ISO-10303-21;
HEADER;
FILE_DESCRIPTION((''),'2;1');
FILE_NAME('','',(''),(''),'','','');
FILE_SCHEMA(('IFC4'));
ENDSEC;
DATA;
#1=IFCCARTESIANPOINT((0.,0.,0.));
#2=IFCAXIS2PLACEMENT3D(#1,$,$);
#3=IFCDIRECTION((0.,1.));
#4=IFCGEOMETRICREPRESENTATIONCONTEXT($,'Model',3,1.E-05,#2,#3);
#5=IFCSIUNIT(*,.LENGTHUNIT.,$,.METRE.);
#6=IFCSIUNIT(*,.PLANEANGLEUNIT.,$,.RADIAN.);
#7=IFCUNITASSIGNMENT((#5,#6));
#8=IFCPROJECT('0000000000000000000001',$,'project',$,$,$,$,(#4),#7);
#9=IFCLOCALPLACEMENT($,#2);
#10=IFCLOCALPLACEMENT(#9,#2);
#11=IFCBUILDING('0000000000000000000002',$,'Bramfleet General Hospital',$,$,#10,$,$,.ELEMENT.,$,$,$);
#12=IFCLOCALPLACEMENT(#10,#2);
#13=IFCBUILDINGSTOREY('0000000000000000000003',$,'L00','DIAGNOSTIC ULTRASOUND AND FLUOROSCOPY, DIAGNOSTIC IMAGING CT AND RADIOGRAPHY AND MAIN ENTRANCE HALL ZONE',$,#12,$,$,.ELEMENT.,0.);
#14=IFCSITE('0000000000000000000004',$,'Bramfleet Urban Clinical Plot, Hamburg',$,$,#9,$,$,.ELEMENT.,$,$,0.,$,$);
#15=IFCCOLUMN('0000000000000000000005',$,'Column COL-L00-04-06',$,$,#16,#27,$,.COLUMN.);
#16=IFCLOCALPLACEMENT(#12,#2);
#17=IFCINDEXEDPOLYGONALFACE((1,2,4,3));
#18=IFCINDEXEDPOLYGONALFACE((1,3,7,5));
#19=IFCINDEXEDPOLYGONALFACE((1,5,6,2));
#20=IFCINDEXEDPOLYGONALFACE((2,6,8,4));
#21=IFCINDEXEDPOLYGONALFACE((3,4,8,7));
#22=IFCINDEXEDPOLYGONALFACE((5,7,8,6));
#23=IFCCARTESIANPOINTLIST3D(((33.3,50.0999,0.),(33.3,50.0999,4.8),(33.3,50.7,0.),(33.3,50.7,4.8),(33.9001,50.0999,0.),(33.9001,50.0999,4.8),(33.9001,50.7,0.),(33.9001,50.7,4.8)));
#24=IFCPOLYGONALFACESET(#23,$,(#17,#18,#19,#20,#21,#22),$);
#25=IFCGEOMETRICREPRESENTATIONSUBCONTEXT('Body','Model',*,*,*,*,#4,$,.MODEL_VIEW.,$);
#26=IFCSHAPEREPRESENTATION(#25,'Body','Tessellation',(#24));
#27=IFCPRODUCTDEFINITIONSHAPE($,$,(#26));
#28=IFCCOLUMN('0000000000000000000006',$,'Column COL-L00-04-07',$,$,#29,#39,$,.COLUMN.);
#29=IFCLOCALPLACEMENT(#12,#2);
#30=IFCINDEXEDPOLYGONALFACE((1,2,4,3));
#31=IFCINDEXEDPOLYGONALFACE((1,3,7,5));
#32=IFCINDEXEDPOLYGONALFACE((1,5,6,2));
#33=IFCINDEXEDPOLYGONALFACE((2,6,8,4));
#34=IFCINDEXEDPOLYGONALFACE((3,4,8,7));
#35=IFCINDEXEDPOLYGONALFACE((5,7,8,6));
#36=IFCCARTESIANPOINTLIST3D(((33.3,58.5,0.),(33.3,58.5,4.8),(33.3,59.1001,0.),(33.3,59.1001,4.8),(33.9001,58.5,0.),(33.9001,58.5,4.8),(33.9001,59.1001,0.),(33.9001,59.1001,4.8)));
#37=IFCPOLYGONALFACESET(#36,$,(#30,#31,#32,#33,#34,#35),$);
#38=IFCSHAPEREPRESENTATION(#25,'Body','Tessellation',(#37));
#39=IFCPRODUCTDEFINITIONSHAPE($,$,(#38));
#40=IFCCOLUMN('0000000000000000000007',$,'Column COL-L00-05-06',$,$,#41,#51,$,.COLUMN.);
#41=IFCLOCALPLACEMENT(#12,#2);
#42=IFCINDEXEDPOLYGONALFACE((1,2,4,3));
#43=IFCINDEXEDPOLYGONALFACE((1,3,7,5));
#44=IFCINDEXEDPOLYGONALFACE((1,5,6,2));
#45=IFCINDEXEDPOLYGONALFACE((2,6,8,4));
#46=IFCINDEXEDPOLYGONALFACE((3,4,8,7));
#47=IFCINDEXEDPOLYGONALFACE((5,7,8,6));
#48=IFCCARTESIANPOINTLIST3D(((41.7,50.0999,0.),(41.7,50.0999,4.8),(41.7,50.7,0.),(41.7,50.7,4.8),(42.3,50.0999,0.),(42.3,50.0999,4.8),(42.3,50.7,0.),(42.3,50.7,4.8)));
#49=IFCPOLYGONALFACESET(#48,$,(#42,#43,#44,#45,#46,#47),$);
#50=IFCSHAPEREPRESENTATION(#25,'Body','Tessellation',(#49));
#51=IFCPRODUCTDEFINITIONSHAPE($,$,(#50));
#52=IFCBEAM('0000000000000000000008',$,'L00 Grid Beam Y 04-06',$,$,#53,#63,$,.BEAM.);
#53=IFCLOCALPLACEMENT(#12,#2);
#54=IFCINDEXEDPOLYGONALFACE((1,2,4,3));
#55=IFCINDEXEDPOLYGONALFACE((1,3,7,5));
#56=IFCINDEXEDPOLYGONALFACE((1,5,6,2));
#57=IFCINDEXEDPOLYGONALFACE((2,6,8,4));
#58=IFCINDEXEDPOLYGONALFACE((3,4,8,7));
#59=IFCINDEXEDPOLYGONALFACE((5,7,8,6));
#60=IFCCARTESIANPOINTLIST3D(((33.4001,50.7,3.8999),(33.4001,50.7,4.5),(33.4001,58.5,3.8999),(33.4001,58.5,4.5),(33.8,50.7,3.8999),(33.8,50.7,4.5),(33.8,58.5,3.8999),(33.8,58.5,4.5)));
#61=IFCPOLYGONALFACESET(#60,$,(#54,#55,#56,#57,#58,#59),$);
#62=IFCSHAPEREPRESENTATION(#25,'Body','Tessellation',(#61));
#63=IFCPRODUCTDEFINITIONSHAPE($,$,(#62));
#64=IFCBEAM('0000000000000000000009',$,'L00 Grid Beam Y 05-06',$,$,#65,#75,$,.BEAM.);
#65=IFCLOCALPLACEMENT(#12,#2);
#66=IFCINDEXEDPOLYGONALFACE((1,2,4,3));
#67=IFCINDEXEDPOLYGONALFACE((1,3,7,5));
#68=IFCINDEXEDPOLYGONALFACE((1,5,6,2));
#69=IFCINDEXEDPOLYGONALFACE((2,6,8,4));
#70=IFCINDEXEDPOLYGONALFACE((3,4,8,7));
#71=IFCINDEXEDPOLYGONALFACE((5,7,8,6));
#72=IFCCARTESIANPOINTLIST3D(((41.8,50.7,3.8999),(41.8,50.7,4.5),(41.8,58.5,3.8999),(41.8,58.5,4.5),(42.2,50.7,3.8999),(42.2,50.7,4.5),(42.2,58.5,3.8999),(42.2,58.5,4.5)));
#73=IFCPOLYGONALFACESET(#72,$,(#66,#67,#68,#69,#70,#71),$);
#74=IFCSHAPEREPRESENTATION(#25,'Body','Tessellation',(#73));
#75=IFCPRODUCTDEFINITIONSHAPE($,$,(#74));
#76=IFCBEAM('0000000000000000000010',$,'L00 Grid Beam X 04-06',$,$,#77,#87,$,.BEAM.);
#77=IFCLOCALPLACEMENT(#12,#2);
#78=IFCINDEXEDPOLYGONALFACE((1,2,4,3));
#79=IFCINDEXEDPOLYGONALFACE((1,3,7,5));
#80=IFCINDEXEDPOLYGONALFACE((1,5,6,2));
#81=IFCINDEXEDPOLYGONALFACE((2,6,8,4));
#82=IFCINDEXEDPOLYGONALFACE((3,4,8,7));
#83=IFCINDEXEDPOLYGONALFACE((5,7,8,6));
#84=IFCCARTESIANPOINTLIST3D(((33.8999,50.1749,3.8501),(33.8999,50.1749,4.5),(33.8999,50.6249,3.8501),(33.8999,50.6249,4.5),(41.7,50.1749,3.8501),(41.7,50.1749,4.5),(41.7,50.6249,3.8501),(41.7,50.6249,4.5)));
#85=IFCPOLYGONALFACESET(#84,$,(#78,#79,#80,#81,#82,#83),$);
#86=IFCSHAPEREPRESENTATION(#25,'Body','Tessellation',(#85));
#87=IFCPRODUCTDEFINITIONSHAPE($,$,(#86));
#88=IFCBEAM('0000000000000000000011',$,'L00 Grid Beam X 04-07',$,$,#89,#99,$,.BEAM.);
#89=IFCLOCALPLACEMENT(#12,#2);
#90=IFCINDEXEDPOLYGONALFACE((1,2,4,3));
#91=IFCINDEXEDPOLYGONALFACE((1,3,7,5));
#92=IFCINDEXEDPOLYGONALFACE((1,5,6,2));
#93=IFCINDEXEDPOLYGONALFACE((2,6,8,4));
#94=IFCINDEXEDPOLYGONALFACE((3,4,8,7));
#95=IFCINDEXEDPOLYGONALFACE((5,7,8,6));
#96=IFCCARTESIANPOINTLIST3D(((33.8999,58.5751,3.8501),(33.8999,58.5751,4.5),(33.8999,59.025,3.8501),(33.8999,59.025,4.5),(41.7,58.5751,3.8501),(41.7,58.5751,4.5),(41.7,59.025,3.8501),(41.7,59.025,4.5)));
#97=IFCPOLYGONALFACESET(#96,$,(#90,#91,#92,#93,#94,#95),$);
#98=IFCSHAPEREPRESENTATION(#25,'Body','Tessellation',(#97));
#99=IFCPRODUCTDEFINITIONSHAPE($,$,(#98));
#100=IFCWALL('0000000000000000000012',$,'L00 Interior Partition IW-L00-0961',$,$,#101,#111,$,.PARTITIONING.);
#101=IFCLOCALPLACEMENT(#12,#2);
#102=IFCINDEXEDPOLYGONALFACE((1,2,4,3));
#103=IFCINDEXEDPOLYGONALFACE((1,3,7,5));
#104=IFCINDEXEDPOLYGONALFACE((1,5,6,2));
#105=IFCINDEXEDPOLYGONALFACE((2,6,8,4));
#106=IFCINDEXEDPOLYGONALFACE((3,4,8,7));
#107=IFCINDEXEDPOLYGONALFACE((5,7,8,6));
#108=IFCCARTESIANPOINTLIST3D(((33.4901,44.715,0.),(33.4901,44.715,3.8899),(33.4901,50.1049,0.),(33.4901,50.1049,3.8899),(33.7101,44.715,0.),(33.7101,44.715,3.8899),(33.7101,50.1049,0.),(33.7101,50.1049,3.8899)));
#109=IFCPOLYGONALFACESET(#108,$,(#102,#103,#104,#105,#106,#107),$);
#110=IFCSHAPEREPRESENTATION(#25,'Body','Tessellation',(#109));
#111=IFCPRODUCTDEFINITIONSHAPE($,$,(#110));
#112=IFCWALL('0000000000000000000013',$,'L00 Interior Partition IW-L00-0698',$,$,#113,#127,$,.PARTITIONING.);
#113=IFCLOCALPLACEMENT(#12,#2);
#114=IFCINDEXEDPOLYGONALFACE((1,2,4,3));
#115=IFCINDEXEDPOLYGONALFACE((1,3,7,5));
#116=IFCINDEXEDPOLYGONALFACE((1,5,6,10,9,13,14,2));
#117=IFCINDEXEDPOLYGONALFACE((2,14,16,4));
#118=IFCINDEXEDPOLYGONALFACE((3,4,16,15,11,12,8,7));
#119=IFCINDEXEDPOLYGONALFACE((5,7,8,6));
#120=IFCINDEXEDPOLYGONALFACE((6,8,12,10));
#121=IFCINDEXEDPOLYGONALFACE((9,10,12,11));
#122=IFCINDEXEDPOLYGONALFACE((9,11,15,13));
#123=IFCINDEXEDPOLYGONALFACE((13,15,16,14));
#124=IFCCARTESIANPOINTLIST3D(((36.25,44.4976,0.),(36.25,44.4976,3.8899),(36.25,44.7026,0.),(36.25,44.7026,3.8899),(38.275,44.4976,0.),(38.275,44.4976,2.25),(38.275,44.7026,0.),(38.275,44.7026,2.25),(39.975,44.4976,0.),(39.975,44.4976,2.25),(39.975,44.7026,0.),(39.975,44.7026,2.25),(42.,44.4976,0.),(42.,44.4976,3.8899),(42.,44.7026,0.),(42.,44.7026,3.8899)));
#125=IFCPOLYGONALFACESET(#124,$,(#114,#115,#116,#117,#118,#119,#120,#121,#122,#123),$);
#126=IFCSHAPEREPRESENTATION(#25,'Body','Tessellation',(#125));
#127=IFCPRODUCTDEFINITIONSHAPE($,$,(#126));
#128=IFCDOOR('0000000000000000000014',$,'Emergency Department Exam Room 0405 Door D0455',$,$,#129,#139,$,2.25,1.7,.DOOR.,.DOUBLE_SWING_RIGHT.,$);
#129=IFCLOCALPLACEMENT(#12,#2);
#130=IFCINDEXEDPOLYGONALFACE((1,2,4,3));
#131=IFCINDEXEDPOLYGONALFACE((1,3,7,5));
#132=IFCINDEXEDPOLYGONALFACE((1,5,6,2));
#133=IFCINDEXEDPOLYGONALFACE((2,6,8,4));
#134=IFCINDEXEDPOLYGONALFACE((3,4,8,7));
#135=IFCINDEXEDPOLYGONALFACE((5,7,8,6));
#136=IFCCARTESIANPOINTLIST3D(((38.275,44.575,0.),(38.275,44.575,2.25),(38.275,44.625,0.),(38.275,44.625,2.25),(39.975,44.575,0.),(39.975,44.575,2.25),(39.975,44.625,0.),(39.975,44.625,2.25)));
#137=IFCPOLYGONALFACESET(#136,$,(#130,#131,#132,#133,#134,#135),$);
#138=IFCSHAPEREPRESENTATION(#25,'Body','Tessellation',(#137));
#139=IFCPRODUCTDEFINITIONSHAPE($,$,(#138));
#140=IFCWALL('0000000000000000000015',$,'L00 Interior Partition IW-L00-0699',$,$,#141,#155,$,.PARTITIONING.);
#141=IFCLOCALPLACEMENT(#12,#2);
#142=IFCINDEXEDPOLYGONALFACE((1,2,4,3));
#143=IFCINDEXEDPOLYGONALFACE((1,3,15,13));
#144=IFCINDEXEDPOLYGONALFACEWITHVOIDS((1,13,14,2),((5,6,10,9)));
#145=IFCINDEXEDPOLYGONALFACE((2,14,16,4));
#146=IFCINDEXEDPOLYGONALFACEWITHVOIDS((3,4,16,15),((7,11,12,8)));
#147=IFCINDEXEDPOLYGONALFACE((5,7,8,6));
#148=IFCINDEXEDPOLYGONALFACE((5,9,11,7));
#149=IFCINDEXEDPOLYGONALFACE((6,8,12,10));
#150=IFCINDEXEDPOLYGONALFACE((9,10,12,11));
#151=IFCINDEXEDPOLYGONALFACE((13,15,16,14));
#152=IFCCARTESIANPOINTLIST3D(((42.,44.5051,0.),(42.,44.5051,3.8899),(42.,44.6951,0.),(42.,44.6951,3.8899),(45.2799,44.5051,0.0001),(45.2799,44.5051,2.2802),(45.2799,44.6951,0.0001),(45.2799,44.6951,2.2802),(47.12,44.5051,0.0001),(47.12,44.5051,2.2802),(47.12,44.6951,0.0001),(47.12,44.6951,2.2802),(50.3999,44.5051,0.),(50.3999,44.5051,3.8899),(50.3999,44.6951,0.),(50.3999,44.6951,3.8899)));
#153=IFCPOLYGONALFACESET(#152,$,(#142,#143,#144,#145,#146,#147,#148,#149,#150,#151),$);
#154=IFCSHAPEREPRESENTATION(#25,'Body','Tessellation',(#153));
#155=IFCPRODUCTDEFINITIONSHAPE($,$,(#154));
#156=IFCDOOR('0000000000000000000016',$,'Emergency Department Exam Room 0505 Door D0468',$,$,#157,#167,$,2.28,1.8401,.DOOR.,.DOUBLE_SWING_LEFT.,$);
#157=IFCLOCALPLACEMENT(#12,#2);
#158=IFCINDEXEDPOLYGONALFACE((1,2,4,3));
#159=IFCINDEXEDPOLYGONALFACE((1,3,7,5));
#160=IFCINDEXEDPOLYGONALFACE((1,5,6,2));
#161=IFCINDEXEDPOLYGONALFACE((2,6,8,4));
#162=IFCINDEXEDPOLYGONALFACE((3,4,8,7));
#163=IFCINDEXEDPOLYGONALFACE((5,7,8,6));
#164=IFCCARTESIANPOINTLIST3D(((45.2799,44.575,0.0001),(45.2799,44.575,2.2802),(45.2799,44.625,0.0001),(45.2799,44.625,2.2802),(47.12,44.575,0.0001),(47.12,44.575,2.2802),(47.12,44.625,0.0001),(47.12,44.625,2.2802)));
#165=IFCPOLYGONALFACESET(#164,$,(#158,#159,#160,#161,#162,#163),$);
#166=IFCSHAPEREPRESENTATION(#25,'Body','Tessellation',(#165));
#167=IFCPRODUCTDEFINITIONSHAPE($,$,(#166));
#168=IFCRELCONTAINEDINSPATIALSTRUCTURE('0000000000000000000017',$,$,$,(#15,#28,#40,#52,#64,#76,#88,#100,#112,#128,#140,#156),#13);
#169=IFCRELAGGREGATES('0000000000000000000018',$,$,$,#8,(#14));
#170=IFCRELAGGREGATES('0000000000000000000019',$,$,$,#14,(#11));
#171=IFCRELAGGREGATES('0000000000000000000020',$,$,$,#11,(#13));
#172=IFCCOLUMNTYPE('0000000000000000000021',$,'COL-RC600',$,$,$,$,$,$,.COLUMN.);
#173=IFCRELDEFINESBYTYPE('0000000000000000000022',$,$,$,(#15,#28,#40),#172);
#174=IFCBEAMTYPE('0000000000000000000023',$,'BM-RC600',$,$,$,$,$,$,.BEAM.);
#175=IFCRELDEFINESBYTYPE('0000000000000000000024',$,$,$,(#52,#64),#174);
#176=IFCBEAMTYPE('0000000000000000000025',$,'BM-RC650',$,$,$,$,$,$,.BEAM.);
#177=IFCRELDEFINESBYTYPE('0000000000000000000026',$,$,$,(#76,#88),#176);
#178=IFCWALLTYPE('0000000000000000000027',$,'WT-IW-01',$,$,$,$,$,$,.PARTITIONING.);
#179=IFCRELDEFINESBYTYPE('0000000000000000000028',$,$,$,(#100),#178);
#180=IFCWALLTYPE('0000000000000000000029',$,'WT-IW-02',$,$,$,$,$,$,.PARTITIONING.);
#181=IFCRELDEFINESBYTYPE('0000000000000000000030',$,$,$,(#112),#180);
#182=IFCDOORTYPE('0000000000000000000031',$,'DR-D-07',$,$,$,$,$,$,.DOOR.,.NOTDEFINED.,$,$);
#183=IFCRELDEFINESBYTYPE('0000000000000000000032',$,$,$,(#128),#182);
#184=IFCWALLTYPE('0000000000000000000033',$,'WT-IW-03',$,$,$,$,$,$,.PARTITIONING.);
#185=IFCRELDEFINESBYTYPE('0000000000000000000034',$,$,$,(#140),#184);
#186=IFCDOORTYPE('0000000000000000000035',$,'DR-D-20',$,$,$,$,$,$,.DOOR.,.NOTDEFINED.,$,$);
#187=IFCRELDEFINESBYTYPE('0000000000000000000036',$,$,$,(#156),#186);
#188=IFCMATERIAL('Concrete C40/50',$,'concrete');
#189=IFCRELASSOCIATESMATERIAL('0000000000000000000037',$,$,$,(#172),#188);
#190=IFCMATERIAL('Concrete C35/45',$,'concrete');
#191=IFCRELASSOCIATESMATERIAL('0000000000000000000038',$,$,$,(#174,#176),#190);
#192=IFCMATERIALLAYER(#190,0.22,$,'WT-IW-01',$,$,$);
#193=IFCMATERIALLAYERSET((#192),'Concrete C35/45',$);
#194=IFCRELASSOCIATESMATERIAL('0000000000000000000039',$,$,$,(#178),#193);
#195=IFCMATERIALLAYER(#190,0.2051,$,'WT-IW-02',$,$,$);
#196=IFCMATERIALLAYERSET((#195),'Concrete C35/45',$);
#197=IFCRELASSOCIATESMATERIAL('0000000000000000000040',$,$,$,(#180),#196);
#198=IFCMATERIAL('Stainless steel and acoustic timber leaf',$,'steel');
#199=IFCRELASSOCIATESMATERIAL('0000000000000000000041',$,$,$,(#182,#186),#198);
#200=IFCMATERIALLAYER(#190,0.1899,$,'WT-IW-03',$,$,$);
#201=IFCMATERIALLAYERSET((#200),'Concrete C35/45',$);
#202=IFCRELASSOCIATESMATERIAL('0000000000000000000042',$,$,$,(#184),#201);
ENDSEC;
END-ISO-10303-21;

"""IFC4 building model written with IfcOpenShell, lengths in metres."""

from ifc_helpers import new_model, si_unit, direction, frame, frame_2d, origin, origin_2d, place, context, subcontext, project, spatial, rectangle, extrude, material, layer, layer_set, material_profile, profile_set, type_object, element, fill, save


model = new_model("IFC4")

# Units and contexts
model_context = context("Model", 3, precision=1e-05, world=origin(), true_north=direction((0.0, 1.0)))
body_context = subcontext(model_context, "Body", "Model", "MODEL_VIEW")
ifc_project = project(units=[si_unit("LENGTHUNIT", "METRE"), si_unit("PLANEANGLEUNIT", "RADIAN")], contexts=[model_context])

# Site, building, storey
site_placement = place(None, origin())
site = spatial("IfcSite", under=ifc_project, at=site_placement, Name="Bramfleet Urban Clinical Plot, Hamburg", CompositionType="ELEMENT", RefElevation=0.0)
building_placement = place(site_placement, origin())
building = spatial("IfcBuilding", under=site, at=building_placement, Name="Bramfleet General Hospital", CompositionType="ELEMENT")
storey_placement = place(building_placement, origin())
storey = spatial("IfcBuildingStorey", under=building, at=storey_placement, Name="L00", Description="DIAGNOSTIC ULTRASOUND AND FLUOROSCOPY, DIAGNOSTIC IMAGING CT AND RADIOGRAPHY AND MAIN ENTRANCE HALL ZONE", CompositionType="ELEMENT", Elevation=0.0)

# Columns
ifc_material_1 = material(Name="Concrete C40/50", Category="concrete")
ifc_material_profile_1 = material_profile(ifc_material_1, rectangle(XDim=0.6001, YDim=0.6001, at=origin_2d()), Name="RC COL 600x600")
ifc_profile_set_1 = profile_set([ifc_material_profile_1], Name="Concrete C40/50")
column_type = type_object("IfcColumnType", Name="COL-RC600", PredefinedType="COLUMN", material=ifc_profile_set_1)
for number, where, z_axis, x_axis, name in (
    (1, (33.6001, 50.3999, 0.0), (0.0, 0.0, 1.0), (1.0, 0.0, 0.0), "Column COL-L00-04-06"),
    (2, (33.6001, 58.8, 0.0), (0.0, 0.0, 1.0), (1.0, 0.0, 0.0), "Column COL-L00-04-07"),
    (3, (42.0, 50.3999, 0.0), (0.0, 0.0, 1.0), (1.0, 0.0, 0.0), "Column COL-L00-05-06"),
):
    element("IfcColumn", number, at=place(storey_placement, frame(where, z_axis=z_axis, x_axis=x_axis)), inside=storey, type_object=column_type, Name=name, PredefinedType="COLUMN", context=body_context, shape_type="SweptSolid", body=[
        extrude(rectangle(XDim=0.6001, YDim=0.6001, at=origin_2d()), origin(), (0.0, 0.0, 1.0), 4.8),
    ])

# Beams
ifc_material_2 = material(Name="Concrete C35/45", Category="concrete")
ifc_material_profile_2 = material_profile(ifc_material_2, rectangle(XDim=0.3999, YDim=0.6001, at=origin_2d()), Name="RC BM 600x400")
ifc_profile_set_2 = profile_set([ifc_material_profile_2], Name="Concrete C35/45")
beam_type_1 = type_object("IfcBeamType", Name="BM-RC600", PredefinedType="BEAM", material=ifc_profile_set_2)
for number, where, z_axis, x_axis, name in (
    (4, (33.6001, 50.7, 4.2), (0.0, 1.0, 0.0), (-1.0, 0.0, 0.0), "L00 Grid Beam Y 04-06"),
    (5, (42.0, 50.7, 4.2), (0.0, 1.0, 0.0), (-1.0, 0.0, 0.0), "L00 Grid Beam Y 05-06"),
):
    element("IfcBeam", number, at=place(storey_placement, frame(where, z_axis=z_axis, x_axis=x_axis)), inside=storey, type_object=beam_type_1, Name=name, PredefinedType="BEAM", context=body_context, shape_type="SweptSolid", body=[
        extrude(rectangle(XDim=0.3999, YDim=0.6001, at=origin_2d()), origin(), (0.0, 0.0, 1.0), 7.8),
    ])
ifc_material_profile_3 = material_profile(ifc_material_2, rectangle(XDim=0.45, YDim=0.6499, at=origin_2d()), Name="RC BM 650x450")
ifc_profile_set_3 = profile_set([ifc_material_profile_3], Name="Concrete C35/45")
beam_type_2 = type_object("IfcBeamType", Name="BM-RC650", PredefinedType="BEAM", material=ifc_profile_set_3)
for number, where, z_axis, x_axis, name in (
    (6, (33.8999, 50.3999, 4.175), (1.0, 0.0, 0.0), (0.0, 1.0, 0.0), "L00 Grid Beam X 04-06"),
    (7, (33.8999, 58.8, 4.175), (1.0, 0.0, 0.0), (0.0, 1.0, 0.0), "L00 Grid Beam X 04-07"),
):
    element("IfcBeam", number, at=place(storey_placement, frame(where, z_axis=z_axis, x_axis=x_axis)), inside=storey, type_object=beam_type_2, Name=name, PredefinedType="BEAM", context=body_context, shape_type="SweptSolid", body=[
        extrude(rectangle(XDim=0.45, YDim=0.6499, at=origin_2d()), origin(), (0.0, 0.0, 1.0), 7.8),
    ])

# Wall
ifc_layer_1 = layer(ifc_material_2, 0.22, Name="WT-IW-01")
ifc_layer_set_1 = layer_set([ifc_layer_1], Name="Concrete C35/45")
wall_type_1 = type_object("IfcWallType", Name="WT-IW-01", PredefinedType="PARTITIONING", material=ifc_layer_set_1)
wall_1_placement = place(storey_placement, frame((33.6001, 44.7151, 0.0), z_axis=(0.0, 0.0, 1.0), x_axis=(0.0, 1.0, 0.0)))
element("IfcWall", 8, at=wall_1_placement, inside=storey, type_object=wall_type_1, Name="L00 Interior Partition IW-L00-0961", PredefinedType="PARTITIONING", context=body_context, shape_type="SweptSolid", body=[
    extrude(rectangle(XDim=5.3899, YDim=0.22, at=frame_2d((2.6948, 0.0))), origin(), (0.0, 0.0, 1.0), 3.8899),
])

# Walls, openings, doors
ifc_layer_2 = layer(ifc_material_2, 0.2051, Name="WT-IW-02")
ifc_layer_set_2 = layer_set([ifc_layer_2], Name="Concrete C35/45")
wall_type_2 = type_object("IfcWallType", Name="WT-IW-02", PredefinedType="PARTITIONING", material=ifc_layer_set_2)
wall_2_placement = place(storey_placement, frame((36.25, 44.6001, 0.0), z_axis=(0.0, 0.0, 1.0), x_axis=(1.0, 0.0, 0.0)))
wall_2 = element("IfcWall", 9, at=wall_2_placement, inside=storey, type_object=wall_type_2, Name="L00 Interior Partition IW-L00-0698", PredefinedType="PARTITIONING", context=body_context, shape_type="SweptSolid", body=[
    extrude(rectangle(XDim=5.75, YDim=0.2051, at=frame_2d((2.875, 0.0))), origin(), (0.0, 0.0, 1.0), 3.8899),
])
opening_1_placement = place(wall_2_placement, frame((2.0249, 0.0, 0.0)))
opening_1 = element("IfcOpeningElement", 10, at=opening_1_placement, cuts=wall_2, PredefinedType="OPENING", context=body_context, shape_type="SweptSolid", body=[
    extrude(rectangle(XDim=1.7, YDim=2.25, at=frame_2d((0.8501, 1.125))), frame((0.0, 0.1125, 0.0), z_axis=(0.0, -1.0, 0.0), x_axis=(1.0, 0.0, 0.0)), (0.0, 0.0, 1.0), 0.2251),
])
ifc_material_3 = material(Name="Stainless steel and acoustic timber leaf", Category="steel")
door_type_1 = type_object("IfcDoorType", Name="DR-D-07", OperationType="NOTDEFINED", PredefinedType="DOOR", material=ifc_material_3)
door_1_placement = place(opening_1_placement, origin())
door_1 = element("IfcDoor", 11, at=door_1_placement, inside=storey, type_object=door_type_1, Name="Emergency Department Exam Room 0405 Door D0455", OperationType="DOUBLE_SWING_RIGHT", OverallHeight=2.25, OverallWidth=1.7, PredefinedType="DOOR", context=body_context, shape_type="SweptSolid", body=[
    extrude(rectangle(XDim=1.7, YDim=2.25, at=frame_2d((0.8501, 1.125))), frame((0.0, 0.0249, 0.0), z_axis=(0.0, -1.0, 0.0), x_axis=(1.0, 0.0, 0.0)), (0.0, 0.0, 1.0), 0.05),
])
fill(opening_1, door_1)
ifc_layer_3 = layer(ifc_material_2, 0.1899, Name="WT-IW-03")
ifc_layer_set_3 = layer_set([ifc_layer_3], Name="Concrete C35/45")
wall_type_3 = type_object("IfcWallType", Name="WT-IW-03", PredefinedType="PARTITIONING", material=ifc_layer_set_3)
wall_3_placement = place(storey_placement, frame((42.0, 44.6001, 0.0), z_axis=(0.0, 0.0, 1.0), x_axis=(1.0, 0.0, 0.0)))
wall_3 = element("IfcWall", 12, at=wall_3_placement, inside=storey, type_object=wall_type_3, Name="L00 Interior Partition IW-L00-0699", PredefinedType="PARTITIONING", context=body_context, shape_type="SweptSolid", body=[
    extrude(rectangle(XDim=8.3999, YDim=0.1899, at=frame_2d((4.2, 0.0))), origin(), (0.0, 0.0, 1.0), 3.8899),
])
opening_2_placement = place(wall_3_placement, frame((3.28, 0.0, 0.0)))
opening_2 = element("IfcOpeningElement", 13, at=opening_2_placement, cuts=wall_3, PredefinedType="OPENING", context=body_context, shape_type="SweptSolid", body=[
    extrude(rectangle(XDim=1.8401, YDim=2.28, at=frame_2d((0.9199, 1.1401))), frame((0.0, 0.105, 0.0), z_axis=(0.0, -1.0, 0.0), x_axis=(1.0, 0.0, 0.0)), (0.0, 0.0, 1.0), 0.21),
])
door_type_2 = type_object("IfcDoorType", Name="DR-D-20", OperationType="NOTDEFINED", PredefinedType="DOOR", material=ifc_material_3)
door_2_placement = place(opening_2_placement, origin())
door_2 = element("IfcDoor", 14, at=door_2_placement, inside=storey, type_object=door_type_2, Name="Emergency Department Exam Room 0505 Door D0468", OperationType="DOUBLE_SWING_LEFT", OverallHeight=2.28, OverallWidth=1.8401, PredefinedType="DOOR", context=body_context, shape_type="SweptSolid", body=[
    extrude(rectangle(XDim=1.8401, YDim=2.28, at=frame_2d((0.9199, 1.1401))), frame((0.0, 0.0249, 0.0), z_axis=(0.0, -1.0, 0.0), x_axis=(1.0, 0.0, 0.0)), (0.0, 0.0, 1.0), 0.05),
])
fill(opening_2, door_2)

save(model, "model.ifc")
